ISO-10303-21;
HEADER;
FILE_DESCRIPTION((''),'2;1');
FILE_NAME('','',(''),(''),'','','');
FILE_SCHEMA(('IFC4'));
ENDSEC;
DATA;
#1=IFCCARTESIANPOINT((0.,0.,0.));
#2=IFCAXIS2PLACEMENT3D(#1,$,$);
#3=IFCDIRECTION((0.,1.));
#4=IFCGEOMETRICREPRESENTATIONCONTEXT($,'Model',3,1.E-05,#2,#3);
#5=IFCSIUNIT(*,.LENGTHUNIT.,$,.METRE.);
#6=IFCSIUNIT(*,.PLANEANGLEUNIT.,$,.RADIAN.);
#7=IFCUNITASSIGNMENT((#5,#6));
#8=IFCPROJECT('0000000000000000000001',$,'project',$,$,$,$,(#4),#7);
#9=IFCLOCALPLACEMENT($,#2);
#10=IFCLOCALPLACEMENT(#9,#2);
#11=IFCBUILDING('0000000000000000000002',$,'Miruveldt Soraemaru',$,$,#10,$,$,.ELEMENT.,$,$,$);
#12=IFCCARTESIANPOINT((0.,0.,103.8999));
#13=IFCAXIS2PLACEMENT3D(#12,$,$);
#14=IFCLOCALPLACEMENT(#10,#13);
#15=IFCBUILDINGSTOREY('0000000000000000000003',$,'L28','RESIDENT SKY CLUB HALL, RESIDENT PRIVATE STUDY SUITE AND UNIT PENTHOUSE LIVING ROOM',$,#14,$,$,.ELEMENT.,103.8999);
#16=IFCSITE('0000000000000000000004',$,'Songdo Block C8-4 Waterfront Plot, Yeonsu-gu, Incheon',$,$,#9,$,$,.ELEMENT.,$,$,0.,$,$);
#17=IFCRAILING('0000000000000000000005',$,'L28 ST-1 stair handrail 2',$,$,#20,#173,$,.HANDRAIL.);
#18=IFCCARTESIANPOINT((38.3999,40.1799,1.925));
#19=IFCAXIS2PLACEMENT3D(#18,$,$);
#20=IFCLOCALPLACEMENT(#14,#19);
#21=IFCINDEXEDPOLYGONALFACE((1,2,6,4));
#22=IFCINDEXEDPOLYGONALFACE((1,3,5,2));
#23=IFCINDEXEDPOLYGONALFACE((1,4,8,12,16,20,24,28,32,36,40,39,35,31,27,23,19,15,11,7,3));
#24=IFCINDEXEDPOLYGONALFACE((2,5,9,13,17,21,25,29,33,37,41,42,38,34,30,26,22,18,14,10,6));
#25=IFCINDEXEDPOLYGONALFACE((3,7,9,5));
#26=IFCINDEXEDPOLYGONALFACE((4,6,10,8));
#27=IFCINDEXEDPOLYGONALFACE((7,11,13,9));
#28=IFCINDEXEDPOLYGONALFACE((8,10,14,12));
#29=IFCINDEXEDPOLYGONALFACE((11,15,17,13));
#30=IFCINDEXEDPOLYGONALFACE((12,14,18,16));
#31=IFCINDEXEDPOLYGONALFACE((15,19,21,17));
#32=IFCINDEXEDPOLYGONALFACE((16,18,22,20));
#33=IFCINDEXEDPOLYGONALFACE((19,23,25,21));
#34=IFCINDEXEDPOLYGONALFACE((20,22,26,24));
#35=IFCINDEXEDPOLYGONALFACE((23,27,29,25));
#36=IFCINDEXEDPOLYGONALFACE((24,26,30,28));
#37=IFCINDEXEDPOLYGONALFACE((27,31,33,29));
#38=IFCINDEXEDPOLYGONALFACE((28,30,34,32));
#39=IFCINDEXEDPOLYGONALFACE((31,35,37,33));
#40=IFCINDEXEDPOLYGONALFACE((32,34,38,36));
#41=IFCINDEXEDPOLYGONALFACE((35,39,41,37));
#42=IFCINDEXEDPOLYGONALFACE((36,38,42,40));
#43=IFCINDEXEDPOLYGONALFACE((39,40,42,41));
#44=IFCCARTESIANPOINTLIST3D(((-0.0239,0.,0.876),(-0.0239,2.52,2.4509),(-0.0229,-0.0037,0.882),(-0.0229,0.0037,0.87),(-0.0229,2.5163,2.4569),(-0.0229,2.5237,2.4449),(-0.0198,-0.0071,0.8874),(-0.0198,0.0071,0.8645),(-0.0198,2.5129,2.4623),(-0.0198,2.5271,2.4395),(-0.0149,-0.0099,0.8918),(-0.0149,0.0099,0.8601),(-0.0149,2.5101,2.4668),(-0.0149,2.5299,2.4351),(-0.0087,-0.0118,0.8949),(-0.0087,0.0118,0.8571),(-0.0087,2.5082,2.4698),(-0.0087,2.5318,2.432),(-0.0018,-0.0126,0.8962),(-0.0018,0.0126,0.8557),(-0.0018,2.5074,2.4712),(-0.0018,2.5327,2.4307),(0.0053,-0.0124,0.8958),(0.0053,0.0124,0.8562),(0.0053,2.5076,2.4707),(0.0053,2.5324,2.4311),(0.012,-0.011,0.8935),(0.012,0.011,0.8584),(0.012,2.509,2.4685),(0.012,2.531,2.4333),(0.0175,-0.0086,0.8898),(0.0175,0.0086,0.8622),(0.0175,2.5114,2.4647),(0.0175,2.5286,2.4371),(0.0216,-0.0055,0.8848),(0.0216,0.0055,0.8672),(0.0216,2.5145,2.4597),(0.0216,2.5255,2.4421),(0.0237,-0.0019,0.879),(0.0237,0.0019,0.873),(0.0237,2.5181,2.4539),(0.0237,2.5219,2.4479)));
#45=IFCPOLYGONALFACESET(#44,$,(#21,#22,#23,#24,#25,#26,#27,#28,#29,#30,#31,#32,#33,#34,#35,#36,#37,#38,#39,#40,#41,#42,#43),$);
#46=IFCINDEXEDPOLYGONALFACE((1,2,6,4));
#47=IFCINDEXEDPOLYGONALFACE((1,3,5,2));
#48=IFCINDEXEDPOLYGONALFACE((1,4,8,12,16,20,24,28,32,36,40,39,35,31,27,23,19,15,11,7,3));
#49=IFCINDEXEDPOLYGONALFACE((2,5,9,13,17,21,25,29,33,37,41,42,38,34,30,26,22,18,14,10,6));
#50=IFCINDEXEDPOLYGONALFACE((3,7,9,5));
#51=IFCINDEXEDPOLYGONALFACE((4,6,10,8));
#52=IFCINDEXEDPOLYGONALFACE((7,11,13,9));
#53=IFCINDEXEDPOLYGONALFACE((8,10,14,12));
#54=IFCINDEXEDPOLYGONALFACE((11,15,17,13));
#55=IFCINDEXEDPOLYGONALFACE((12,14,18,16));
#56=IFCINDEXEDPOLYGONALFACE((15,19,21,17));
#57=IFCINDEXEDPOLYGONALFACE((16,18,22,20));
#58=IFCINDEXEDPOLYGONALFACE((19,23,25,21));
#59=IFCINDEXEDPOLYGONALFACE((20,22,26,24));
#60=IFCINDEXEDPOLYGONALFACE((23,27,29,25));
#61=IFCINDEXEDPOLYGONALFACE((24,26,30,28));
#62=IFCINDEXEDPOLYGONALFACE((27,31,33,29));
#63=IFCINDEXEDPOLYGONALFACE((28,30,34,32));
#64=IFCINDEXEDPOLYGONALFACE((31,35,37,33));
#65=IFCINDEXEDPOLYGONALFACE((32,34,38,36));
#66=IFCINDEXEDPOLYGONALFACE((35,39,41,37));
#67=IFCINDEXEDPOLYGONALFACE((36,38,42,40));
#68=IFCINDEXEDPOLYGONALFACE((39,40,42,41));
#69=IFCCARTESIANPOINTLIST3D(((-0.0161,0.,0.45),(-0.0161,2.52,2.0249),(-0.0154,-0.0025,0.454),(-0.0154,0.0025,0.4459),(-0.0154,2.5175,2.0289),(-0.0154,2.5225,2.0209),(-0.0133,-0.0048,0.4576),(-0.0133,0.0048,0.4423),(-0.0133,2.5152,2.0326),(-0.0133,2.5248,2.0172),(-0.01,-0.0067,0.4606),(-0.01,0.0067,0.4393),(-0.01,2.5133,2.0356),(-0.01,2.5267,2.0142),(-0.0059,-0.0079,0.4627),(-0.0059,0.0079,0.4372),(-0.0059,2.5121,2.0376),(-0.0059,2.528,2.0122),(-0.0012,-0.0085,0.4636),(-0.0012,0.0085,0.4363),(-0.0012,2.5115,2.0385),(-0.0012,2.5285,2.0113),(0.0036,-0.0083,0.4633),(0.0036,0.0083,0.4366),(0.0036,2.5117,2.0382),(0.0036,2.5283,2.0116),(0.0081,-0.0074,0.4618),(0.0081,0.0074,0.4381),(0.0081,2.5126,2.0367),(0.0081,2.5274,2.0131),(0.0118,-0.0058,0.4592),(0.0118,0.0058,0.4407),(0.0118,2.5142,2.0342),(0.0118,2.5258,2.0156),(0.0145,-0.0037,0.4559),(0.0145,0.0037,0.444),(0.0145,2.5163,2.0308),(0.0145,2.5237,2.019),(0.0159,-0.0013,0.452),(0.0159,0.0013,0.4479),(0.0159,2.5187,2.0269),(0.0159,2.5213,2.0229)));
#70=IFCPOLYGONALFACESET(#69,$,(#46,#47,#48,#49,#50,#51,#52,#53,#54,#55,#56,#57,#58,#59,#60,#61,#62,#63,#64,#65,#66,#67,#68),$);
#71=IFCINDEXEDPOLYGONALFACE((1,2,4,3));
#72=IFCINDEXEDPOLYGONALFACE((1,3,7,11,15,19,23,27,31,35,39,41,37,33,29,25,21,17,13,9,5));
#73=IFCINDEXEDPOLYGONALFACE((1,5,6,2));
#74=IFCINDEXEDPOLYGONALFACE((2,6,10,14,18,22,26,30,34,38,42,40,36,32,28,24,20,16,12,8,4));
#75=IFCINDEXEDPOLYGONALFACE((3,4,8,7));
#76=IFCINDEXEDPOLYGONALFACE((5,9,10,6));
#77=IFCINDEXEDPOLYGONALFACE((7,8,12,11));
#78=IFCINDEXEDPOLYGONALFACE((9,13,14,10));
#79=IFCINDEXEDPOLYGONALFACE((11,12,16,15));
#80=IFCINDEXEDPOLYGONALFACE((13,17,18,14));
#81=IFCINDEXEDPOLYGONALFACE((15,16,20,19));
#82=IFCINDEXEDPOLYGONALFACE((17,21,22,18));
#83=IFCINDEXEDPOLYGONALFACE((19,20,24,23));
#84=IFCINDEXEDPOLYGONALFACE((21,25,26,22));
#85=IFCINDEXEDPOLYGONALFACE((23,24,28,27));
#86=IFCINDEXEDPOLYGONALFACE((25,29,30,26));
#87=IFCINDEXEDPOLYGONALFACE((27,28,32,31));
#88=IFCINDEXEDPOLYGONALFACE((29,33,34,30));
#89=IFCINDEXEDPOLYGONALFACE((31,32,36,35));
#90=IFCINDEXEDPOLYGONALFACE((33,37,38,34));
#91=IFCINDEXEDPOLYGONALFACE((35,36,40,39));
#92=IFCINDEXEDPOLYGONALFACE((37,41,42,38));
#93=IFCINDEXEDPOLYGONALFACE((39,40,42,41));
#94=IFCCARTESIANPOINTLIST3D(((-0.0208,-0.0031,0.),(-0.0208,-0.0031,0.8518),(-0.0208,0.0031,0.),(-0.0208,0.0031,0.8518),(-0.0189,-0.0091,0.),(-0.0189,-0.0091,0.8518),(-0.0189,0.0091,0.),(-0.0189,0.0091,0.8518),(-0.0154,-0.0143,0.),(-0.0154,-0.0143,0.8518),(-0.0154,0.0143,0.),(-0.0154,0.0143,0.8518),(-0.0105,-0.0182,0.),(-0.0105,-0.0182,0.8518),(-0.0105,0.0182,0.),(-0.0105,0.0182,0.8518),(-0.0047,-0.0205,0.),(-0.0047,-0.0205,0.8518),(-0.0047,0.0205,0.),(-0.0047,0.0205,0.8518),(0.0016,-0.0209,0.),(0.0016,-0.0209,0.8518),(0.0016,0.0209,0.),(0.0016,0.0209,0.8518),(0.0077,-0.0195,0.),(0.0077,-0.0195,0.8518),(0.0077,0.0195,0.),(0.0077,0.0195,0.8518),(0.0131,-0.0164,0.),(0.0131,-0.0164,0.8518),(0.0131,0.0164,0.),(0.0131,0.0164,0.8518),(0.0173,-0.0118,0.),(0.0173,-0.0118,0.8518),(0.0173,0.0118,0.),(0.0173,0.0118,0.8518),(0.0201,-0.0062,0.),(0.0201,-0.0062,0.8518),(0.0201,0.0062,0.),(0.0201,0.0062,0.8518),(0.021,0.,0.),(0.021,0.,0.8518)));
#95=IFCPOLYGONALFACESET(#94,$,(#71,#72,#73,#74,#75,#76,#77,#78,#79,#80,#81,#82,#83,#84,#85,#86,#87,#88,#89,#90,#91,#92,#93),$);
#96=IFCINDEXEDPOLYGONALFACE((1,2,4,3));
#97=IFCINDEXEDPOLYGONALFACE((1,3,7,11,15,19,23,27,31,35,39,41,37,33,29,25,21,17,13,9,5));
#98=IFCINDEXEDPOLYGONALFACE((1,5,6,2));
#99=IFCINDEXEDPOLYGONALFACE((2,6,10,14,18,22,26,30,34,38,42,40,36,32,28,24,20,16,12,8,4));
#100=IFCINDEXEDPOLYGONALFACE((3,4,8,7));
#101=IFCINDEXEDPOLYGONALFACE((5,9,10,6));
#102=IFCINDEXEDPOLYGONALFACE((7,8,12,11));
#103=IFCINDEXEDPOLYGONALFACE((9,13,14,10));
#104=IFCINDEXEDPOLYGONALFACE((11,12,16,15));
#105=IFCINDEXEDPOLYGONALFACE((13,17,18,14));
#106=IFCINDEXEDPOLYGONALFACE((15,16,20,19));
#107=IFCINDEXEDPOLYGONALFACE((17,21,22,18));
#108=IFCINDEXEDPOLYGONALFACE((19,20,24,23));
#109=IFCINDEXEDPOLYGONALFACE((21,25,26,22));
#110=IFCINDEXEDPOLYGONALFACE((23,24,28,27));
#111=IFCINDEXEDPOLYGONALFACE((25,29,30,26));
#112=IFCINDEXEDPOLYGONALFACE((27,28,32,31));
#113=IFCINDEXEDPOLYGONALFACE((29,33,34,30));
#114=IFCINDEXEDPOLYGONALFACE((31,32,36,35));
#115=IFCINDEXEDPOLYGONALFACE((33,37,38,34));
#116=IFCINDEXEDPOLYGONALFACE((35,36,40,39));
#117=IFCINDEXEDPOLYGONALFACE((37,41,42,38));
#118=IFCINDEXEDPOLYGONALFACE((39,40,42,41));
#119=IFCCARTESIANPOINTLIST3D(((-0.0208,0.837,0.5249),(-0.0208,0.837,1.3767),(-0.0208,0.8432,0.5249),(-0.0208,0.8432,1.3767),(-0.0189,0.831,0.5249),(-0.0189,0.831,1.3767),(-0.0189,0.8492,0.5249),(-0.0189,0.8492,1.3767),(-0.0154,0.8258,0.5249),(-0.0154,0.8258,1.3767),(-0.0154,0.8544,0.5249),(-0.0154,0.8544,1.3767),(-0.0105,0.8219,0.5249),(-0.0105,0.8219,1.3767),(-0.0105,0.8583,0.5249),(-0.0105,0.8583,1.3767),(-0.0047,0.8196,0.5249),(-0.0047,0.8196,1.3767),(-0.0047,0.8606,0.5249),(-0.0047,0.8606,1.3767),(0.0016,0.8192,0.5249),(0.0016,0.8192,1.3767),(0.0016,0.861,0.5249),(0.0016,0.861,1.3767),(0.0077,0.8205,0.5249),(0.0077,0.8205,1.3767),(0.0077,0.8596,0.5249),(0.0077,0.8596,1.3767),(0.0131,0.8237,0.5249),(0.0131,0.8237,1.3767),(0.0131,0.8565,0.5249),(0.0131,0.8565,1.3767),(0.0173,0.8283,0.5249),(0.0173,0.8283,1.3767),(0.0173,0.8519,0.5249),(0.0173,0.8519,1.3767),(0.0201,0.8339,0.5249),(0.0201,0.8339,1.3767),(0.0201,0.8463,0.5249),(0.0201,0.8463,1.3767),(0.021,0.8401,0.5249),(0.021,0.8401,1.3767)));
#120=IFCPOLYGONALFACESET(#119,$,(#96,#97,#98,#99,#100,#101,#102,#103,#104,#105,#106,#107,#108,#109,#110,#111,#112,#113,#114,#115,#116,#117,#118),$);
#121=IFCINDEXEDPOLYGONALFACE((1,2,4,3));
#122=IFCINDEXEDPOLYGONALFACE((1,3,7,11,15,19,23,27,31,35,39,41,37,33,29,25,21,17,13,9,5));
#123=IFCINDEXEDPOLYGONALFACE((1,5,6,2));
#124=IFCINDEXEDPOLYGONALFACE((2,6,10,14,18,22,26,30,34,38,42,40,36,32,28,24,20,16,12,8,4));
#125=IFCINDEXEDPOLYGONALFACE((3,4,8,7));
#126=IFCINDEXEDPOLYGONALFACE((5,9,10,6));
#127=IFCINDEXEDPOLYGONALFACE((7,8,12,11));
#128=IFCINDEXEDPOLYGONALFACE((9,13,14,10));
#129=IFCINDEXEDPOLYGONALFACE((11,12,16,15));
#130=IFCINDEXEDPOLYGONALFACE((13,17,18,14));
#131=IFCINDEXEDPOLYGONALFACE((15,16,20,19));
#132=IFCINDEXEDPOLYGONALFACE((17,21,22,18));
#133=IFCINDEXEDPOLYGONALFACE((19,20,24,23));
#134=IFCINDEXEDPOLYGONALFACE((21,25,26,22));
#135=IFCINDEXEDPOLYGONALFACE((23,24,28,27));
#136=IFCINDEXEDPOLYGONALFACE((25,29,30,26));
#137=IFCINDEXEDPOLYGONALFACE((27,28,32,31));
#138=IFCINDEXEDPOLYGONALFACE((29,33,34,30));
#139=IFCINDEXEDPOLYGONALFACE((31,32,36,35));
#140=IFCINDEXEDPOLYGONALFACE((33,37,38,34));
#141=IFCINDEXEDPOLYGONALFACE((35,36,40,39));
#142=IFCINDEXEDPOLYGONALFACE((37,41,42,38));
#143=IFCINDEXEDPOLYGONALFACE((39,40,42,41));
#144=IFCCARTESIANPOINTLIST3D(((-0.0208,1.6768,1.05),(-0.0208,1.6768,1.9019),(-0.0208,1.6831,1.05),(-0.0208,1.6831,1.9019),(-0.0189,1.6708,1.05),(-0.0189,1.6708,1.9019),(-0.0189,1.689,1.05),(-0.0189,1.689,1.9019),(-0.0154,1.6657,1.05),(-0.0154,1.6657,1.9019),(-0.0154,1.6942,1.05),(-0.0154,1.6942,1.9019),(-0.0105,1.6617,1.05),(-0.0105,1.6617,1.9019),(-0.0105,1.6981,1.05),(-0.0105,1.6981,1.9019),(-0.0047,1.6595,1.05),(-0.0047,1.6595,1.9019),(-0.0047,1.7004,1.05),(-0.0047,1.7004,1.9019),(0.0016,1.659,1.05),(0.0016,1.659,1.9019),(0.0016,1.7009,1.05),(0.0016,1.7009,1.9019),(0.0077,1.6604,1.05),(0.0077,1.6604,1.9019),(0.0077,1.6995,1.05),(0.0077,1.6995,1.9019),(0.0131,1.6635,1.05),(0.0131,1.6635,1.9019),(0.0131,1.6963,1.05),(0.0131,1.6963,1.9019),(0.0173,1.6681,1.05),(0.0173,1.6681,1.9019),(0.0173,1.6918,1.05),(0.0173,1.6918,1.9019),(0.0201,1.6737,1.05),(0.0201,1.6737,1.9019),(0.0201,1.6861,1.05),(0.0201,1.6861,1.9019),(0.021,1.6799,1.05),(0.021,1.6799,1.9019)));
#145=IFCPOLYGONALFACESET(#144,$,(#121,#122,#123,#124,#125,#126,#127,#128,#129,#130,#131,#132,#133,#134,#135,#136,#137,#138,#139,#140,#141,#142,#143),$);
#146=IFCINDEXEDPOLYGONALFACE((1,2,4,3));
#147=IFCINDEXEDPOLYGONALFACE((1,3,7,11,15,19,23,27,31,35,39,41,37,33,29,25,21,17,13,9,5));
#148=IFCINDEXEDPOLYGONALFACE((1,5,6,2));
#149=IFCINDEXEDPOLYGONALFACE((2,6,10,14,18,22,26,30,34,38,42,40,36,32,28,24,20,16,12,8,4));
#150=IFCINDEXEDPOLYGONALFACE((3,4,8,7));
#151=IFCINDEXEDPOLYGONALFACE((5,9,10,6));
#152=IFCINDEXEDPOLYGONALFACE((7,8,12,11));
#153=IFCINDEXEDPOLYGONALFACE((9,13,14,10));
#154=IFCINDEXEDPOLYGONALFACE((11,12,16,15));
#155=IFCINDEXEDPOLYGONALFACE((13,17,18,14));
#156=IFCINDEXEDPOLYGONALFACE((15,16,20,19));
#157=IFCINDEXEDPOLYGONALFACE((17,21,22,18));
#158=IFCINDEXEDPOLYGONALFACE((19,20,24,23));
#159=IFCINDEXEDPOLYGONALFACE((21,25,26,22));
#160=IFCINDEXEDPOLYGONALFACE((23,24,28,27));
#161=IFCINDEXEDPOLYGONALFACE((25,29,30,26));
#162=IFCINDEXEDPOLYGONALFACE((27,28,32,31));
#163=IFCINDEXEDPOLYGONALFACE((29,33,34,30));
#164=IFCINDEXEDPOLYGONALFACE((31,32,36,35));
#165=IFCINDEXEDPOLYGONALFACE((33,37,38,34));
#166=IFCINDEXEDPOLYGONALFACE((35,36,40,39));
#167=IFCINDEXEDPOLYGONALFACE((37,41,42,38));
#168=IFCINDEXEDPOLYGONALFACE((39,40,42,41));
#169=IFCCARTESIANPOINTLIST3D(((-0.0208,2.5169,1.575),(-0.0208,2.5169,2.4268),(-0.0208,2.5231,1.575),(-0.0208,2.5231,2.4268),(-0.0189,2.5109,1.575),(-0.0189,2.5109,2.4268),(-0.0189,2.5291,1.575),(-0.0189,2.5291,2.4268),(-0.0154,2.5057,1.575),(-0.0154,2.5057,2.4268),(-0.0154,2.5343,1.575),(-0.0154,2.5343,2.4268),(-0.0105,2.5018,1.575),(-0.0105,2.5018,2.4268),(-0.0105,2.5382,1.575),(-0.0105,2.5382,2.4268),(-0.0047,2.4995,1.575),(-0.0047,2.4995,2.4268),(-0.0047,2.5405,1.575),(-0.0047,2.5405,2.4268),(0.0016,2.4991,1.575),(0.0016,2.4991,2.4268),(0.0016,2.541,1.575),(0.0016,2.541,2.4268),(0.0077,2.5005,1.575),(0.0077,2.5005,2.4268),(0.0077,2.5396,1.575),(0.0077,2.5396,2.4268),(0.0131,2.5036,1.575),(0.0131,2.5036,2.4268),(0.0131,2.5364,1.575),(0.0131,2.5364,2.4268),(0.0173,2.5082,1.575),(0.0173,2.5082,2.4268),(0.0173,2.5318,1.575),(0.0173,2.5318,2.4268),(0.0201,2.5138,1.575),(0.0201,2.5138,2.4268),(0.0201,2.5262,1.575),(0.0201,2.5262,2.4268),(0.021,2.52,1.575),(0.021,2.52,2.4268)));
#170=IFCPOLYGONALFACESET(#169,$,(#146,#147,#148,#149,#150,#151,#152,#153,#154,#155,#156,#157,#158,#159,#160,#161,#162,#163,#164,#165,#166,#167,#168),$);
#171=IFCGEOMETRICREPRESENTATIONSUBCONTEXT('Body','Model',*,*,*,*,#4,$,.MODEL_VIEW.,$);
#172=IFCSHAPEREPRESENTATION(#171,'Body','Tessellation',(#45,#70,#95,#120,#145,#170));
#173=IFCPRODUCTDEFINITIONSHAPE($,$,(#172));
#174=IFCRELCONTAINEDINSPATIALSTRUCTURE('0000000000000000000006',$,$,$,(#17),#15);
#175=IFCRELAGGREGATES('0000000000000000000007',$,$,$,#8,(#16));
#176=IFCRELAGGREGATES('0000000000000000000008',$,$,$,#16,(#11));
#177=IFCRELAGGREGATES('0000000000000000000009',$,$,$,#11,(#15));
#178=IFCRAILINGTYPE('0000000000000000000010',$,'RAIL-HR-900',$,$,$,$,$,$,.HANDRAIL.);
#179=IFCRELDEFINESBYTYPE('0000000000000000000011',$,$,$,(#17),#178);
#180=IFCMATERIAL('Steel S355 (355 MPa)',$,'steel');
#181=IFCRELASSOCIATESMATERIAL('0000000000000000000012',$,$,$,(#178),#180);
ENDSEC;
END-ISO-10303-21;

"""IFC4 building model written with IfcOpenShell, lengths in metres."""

from ifc_helpers import new_model, si_unit, direction, frame, origin, origin_2d, place, context, subcontext, project, spatial, circle, extrude, material, type_object, element, save


model = new_model("IFC4")

# Units and contexts
model_context = context("Model", 3, precision=1e-05, world=origin(), true_north=direction((0.0, 1.0)))
body_context = subcontext(model_context, "Body", "Model", "MODEL_VIEW")
ifc_project = project(units=[si_unit("LENGTHUNIT", "METRE"), si_unit("PLANEANGLEUNIT", "RADIAN")], contexts=[model_context])

# Site, building, storey
site_placement = place(None, origin())
site = spatial("IfcSite", under=ifc_project, at=site_placement, Name="Songdo Block C8-4 Waterfront Plot, Yeonsu-gu, Incheon", CompositionType="ELEMENT", RefElevation=0.0)
building_placement = place(site_placement, origin())
building = spatial("IfcBuilding", under=site, at=building_placement, Name="Miruveldt Soraemaru", CompositionType="ELEMENT")
storey_placement = place(building_placement, frame((0.0, 0.0, 103.8999)))
storey = spatial("IfcBuildingStorey", under=building, at=storey_placement, Name="L28", Description="RESIDENT SKY CLUB HALL, RESIDENT PRIVATE STUDY SUITE AND UNIT PENTHOUSE LIVING ROOM", CompositionType="ELEMENT", Elevation=103.8999)

# Railing
ifc_material_1 = material(Name="Steel S355 (355 MPa)", Category="steel")
railing_type_1 = type_object("IfcRailingType", Name="RAIL-HR-900", PredefinedType="HANDRAIL", material=ifc_material_1)
railing_1_placement = place(storey_placement, frame((38.3999, 40.1799, 1.925)))
element("IfcRailing", 1, at=railing_1_placement, inside=storey, type_object=railing_type_1, Name="L28 ST-1 stair handrail 2", PredefinedType="HANDRAIL", context=body_context, shape_type="SweptSolid", body=[
    extrude(circle(Radius=0.0239, at=origin_2d()), frame((0.0, 0.0, 0.876), z_axis=(0.0, 0.848008, 0.529984), x_axis=(-1.0, 0.0, 0.0)), (0.0, 0.0, 1.0), 2.9717),
    extrude(circle(Radius=0.0161, at=origin_2d()), frame((0.0, 0.0, 0.45), z_axis=(0.0, 0.848008, 0.529984), x_axis=(-1.0, 0.0, 0.0)), (0.0, 0.0, 1.0), 2.9717),
    extrude(circle(Radius=0.021, at=origin_2d()), origin(), (0.0, 0.0, 1.0), 0.8518),
    extrude(circle(Radius=0.021, at=origin_2d()), frame((0.0, 0.8401, 0.5249)), (0.0, 0.0, 1.0), 0.8518),
    extrude(circle(Radius=0.021, at=origin_2d()), frame((0.0, 1.6799, 1.05)), (0.0, 0.0, 1.0), 0.8518),
    extrude(circle(Radius=0.021, at=origin_2d()), frame((0.0, 2.52, 1.575)), (0.0, 0.0, 1.0), 0.8518),
])

save(model, "model.ifc")
